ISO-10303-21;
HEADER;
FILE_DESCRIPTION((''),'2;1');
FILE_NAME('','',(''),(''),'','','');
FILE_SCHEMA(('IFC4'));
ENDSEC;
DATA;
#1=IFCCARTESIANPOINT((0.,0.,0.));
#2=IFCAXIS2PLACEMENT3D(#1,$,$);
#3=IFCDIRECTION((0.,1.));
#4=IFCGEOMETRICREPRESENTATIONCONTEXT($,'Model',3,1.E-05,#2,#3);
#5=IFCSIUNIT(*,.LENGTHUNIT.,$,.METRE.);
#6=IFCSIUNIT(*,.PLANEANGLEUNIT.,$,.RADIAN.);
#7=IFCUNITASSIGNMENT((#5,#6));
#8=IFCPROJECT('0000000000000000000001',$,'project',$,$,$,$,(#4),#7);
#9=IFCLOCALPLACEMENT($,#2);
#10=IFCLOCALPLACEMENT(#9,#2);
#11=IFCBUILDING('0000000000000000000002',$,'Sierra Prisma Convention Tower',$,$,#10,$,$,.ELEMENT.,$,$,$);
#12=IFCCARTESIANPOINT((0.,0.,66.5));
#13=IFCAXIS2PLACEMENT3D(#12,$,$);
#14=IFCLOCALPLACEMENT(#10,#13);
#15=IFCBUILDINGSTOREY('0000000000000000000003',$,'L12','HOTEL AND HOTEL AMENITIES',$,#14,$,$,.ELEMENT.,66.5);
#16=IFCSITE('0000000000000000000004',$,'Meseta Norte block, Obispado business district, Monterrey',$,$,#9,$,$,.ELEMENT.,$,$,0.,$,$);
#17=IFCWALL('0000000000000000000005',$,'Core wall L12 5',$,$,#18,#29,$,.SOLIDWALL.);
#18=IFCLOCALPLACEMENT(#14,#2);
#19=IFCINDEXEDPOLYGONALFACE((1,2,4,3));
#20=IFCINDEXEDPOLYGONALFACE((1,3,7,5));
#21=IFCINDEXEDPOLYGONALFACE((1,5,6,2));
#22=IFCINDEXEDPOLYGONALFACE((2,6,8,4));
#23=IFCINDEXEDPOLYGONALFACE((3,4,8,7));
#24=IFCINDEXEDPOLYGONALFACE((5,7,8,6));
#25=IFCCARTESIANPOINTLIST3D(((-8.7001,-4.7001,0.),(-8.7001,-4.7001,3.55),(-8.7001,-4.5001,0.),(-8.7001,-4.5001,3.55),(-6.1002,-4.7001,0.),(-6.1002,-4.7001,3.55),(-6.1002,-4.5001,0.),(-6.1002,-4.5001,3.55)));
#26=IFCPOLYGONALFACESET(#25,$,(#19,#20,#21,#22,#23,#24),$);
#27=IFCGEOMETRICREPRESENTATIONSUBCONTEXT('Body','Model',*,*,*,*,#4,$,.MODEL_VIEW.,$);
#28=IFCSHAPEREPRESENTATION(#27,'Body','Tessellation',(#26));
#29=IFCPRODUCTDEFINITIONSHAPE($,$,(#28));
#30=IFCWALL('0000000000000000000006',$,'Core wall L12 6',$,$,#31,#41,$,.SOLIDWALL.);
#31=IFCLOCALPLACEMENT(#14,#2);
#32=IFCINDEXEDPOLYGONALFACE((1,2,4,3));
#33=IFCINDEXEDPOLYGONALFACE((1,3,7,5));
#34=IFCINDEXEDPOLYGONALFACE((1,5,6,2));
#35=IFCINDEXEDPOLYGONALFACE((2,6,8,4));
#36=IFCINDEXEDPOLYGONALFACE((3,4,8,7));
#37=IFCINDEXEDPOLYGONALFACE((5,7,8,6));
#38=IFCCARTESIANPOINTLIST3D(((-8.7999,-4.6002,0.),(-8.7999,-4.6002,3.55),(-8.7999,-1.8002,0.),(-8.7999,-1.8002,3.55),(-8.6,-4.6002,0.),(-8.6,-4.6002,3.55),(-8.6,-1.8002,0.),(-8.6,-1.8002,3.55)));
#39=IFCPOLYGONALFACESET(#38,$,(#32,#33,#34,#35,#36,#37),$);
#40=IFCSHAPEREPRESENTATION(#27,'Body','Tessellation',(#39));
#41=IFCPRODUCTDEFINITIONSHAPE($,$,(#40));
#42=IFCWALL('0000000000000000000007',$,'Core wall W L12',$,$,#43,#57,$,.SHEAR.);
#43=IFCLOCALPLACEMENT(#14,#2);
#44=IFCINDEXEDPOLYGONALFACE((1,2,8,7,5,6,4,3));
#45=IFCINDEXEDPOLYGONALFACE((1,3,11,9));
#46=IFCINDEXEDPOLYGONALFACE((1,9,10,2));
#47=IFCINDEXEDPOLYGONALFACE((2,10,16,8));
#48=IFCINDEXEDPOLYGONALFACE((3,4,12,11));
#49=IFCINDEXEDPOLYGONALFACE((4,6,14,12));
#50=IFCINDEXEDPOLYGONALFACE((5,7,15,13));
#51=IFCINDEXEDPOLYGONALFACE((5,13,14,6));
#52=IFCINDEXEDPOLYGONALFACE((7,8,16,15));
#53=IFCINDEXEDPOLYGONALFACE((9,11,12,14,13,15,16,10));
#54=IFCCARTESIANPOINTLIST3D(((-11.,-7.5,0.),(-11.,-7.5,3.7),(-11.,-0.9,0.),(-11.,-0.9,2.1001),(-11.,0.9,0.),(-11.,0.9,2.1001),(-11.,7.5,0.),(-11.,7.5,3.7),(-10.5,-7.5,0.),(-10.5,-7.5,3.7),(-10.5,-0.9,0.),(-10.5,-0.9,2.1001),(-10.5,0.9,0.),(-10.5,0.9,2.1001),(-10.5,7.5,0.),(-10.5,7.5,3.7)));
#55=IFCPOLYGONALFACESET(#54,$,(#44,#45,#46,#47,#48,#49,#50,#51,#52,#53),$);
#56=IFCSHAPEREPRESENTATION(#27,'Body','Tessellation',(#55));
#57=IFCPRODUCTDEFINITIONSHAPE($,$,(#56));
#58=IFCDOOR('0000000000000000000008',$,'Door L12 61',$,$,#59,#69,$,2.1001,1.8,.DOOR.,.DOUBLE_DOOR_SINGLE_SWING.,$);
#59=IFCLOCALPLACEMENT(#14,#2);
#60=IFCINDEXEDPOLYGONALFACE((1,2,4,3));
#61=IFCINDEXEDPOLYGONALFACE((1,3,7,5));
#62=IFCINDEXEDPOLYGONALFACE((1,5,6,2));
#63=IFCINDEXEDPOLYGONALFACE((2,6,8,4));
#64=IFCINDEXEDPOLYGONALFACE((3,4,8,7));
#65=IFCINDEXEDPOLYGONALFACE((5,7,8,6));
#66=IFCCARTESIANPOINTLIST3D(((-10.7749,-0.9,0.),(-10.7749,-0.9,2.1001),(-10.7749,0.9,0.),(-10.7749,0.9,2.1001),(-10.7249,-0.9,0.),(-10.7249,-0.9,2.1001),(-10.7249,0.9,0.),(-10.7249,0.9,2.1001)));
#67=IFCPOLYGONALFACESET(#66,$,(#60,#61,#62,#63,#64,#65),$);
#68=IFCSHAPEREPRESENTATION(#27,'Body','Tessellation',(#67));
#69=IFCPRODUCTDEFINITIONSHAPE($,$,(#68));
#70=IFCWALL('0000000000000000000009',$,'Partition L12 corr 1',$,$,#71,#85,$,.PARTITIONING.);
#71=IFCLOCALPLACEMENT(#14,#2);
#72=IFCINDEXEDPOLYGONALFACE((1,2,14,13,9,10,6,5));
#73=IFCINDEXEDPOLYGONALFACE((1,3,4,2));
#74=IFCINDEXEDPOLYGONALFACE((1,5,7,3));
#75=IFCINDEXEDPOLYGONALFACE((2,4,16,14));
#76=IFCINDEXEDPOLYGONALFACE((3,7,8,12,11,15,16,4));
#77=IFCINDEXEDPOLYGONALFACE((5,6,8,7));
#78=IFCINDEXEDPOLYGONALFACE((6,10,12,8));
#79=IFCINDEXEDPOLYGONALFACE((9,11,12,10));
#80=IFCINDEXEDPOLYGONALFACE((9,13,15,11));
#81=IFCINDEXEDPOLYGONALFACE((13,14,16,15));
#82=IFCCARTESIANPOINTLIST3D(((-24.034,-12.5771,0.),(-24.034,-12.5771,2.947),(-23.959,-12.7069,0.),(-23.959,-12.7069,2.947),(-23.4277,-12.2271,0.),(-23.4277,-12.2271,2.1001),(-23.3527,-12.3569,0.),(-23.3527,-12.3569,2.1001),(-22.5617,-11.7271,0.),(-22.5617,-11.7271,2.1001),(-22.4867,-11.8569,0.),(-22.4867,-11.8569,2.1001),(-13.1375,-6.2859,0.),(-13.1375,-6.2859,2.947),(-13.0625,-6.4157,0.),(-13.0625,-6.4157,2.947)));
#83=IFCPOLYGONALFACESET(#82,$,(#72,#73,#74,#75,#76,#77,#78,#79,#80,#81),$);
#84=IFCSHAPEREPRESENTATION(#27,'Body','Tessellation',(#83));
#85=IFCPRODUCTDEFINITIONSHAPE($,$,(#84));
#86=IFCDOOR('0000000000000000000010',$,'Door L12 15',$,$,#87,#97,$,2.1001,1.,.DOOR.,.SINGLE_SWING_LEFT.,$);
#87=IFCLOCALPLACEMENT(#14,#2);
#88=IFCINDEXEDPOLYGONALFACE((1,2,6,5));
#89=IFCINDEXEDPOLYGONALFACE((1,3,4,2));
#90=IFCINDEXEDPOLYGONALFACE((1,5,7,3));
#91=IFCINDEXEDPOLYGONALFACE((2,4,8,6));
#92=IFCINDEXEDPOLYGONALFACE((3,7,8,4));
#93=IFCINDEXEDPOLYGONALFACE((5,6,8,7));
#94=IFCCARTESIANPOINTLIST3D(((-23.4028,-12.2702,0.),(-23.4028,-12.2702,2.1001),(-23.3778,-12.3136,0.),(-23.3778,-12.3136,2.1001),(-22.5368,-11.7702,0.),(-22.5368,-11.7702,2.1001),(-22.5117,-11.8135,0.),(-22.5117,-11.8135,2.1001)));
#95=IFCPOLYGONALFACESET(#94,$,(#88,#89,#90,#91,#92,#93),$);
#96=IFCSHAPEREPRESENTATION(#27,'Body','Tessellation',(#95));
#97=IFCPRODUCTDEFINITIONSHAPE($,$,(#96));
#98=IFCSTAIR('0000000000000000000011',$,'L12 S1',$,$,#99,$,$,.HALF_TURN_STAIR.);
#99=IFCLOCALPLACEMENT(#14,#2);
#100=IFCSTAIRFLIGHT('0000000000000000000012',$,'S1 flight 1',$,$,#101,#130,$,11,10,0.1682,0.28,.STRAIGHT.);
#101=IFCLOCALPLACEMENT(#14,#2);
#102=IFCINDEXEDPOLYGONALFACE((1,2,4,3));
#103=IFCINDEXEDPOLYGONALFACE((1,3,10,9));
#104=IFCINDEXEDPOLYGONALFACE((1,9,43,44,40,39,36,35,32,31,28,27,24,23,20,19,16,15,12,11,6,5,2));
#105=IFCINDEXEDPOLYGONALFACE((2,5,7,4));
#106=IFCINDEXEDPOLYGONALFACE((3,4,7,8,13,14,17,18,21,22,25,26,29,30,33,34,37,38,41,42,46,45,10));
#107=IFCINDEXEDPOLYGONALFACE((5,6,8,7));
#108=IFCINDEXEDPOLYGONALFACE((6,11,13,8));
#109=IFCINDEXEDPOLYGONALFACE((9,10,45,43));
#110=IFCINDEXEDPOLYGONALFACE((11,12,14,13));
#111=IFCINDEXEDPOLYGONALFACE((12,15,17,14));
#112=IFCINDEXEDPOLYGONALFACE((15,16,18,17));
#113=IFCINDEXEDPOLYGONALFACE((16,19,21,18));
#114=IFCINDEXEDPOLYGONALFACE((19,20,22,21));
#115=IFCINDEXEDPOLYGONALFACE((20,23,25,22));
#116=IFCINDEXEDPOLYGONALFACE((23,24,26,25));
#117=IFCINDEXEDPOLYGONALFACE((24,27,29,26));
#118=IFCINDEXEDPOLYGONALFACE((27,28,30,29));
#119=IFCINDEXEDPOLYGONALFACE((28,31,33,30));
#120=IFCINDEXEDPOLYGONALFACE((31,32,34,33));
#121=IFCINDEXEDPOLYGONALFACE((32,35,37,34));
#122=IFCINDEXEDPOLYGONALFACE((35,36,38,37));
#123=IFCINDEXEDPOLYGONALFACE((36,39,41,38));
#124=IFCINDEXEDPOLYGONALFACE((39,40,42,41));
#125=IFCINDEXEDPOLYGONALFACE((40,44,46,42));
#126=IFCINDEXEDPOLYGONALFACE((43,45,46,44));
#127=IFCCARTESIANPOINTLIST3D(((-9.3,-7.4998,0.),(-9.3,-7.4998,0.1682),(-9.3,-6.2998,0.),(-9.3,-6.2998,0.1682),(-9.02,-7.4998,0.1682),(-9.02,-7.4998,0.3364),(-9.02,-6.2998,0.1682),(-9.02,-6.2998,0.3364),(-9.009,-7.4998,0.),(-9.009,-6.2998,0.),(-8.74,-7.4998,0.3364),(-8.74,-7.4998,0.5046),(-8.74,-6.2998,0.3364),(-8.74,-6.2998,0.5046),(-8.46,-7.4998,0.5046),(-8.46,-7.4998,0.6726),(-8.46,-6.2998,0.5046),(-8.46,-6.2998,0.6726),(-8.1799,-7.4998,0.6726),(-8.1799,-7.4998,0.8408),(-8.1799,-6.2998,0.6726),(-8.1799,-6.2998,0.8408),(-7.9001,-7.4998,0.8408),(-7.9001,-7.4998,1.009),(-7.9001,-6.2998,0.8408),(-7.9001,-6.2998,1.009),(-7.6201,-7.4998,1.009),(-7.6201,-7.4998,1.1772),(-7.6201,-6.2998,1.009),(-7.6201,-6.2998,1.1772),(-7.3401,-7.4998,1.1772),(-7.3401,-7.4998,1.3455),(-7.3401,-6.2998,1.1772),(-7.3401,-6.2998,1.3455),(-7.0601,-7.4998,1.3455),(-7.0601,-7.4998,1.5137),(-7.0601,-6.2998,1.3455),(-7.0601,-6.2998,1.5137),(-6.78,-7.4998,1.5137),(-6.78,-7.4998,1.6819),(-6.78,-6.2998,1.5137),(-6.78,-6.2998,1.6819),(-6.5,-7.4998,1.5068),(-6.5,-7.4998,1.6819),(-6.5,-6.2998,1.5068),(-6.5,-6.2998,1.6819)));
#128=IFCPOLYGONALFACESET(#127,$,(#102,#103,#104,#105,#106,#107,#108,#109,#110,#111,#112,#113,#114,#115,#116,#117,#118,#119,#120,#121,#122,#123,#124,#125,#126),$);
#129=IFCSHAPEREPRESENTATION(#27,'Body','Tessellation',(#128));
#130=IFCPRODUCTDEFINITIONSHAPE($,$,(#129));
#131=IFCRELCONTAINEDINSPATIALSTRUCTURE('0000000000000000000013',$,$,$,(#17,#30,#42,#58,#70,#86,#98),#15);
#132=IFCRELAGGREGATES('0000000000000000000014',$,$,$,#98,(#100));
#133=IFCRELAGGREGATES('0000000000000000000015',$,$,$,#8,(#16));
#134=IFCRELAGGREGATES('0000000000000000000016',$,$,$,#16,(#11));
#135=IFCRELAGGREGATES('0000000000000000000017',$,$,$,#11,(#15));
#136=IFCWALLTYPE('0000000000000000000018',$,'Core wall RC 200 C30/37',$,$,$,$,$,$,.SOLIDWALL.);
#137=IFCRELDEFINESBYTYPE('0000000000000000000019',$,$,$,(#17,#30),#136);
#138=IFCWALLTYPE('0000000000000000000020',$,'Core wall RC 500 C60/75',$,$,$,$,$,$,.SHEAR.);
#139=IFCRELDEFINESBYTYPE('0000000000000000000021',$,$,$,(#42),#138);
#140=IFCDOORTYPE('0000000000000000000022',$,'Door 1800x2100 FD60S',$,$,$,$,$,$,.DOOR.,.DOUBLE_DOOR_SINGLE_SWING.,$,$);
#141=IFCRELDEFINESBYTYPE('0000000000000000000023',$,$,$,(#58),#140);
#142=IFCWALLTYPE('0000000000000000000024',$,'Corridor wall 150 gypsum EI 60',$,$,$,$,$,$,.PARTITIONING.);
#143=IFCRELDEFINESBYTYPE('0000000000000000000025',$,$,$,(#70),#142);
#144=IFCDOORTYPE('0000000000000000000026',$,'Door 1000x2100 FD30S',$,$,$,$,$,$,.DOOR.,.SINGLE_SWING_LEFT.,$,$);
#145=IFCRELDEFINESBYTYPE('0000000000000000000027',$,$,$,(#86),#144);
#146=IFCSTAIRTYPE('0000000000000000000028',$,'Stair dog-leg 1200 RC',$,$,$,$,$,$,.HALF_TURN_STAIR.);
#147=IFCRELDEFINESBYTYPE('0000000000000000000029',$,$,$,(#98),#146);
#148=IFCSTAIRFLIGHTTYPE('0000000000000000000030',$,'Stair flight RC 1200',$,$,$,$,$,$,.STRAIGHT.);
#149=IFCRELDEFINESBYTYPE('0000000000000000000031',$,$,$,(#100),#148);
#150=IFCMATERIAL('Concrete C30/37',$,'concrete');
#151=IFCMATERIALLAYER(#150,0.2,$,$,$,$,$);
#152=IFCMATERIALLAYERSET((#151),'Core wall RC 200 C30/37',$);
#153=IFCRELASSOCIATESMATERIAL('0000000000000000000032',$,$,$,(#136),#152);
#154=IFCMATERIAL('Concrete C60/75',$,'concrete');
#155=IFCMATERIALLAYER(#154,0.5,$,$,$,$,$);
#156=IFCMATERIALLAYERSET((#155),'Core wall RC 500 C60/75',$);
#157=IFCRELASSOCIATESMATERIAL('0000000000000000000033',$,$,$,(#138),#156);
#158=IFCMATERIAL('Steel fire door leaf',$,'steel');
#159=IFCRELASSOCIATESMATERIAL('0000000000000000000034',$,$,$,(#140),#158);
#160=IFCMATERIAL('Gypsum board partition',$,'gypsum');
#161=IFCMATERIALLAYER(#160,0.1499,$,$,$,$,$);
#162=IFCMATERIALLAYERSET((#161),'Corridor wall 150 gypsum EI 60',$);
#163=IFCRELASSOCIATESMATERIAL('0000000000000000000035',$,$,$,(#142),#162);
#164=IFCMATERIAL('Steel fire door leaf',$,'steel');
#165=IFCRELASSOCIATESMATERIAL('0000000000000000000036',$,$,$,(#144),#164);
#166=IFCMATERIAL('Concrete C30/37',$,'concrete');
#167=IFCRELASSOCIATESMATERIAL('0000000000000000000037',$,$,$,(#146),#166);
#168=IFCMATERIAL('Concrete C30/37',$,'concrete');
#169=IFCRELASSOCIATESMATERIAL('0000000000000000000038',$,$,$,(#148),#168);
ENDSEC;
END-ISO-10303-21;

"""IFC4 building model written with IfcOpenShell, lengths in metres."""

from ifc_helpers import new_model, si_unit, direction, frame, frame_2d, origin, place, context, subcontext, project, spatial, polyline, rectangle, outline, extrude, material, layer, layer_set, type_object, element, fill, aggregate, save


model = new_model("IFC4")

# Units and contexts
model_context = context("Model", 3, precision=1e-05, world=origin(), true_north=direction((0.0, 1.0)))
body_context = subcontext(model_context, "Body", "Model", "MODEL_VIEW")
ifc_project = project(units=[si_unit("LENGTHUNIT", "METRE"), si_unit("PLANEANGLEUNIT", "RADIAN")], contexts=[model_context])

# Site, building, storey
site_placement = place(None, origin())
site = spatial("IfcSite", under=ifc_project, at=site_placement, Name="Meseta Norte block, Obispado business district, Monterrey", CompositionType="ELEMENT", RefElevation=0.0)
building_placement = place(site_placement, origin())
building = spatial("IfcBuilding", under=site, at=building_placement, Name="Sierra Prisma Convention Tower", CompositionType="ELEMENT")
storey_placement = place(building_placement, frame((0.0, 0.0, 66.5)))
storey = spatial("IfcBuildingStorey", under=building, at=storey_placement, Name="L12", Description="HOTEL AND HOTEL AMENITIES", CompositionType="ELEMENT", Elevation=66.5)

# Shared definitions
ifc_material_1 = material(Name="Concrete C30/37", Category="concrete")
ifc_layer_1 = layer(ifc_material_1, 0.2)
ifc_layer_set_1 = layer_set([ifc_layer_1], Name="Core wall RC 200 C30/37")
wall_type_1 = type_object("IfcWallType", Name="Core wall RC 200 C30/37", PredefinedType="SOLIDWALL", material=ifc_layer_set_1)

# Walls
wall_1_placement = place(storey_placement, frame((-8.7, -4.6001, 0.0), z_axis=(0.0, 0.0, 1.0), x_axis=(1.0, 0.0, 0.0)))
element("IfcWall", 1, at=wall_1_placement, inside=storey, type_object=wall_type_1, Name="Core wall L12 5", PredefinedType="SOLIDWALL", context=body_context, shape_type="SweptSolid", body=[
    extrude(rectangle(XDim=2.5999, YDim=0.2, at=frame_2d((1.2998, 0.0))), origin(), (0.0, 0.0, 1.0), 3.55),
])
wall_2_placement = place(storey_placement, frame((-8.7, -4.6001, 0.0), z_axis=(0.0, 0.0, 1.0), x_axis=(0.0, 1.0, 0.0)))
element("IfcWall", 2, at=wall_2_placement, inside=storey, type_object=wall_type_1, Name="Core wall L12 6", PredefinedType="SOLIDWALL", context=body_context, shape_type="SweptSolid", body=[
    extrude(rectangle(XDim=2.8, YDim=0.2, at=frame_2d((1.3999, 0.0))), origin(), (0.0, 0.0, 1.0), 3.55),
])

# Walls, openings, doors
ifc_material_2 = material(Name="Concrete C60/75", Category="concrete")
ifc_layer_2 = layer(ifc_material_2, 0.5)
ifc_layer_set_2 = layer_set([ifc_layer_2], Name="Core wall RC 500 C60/75")
wall_type_2 = type_object("IfcWallType", Name="Core wall RC 500 C60/75", PredefinedType="SHEAR", material=ifc_layer_set_2)
wall_3_placement = place(storey_placement, frame((-10.75, -7.5, 0.0), z_axis=(0.0, 0.0, 1.0), x_axis=(0.0, 1.0, 0.0)))
wall_3 = element("IfcWall", 3, at=wall_3_placement, inside=storey, type_object=wall_type_2, Name="Core wall W L12", PredefinedType="SHEAR", context=body_context, shape_type="SweptSolid", body=[
    extrude(rectangle(XDim=15.0, YDim=0.5, at=frame_2d((7.5, 0.0))), origin(), (0.0, 0.0, 1.0), 3.7),
])
opening_1_placement = place(wall_3_placement, frame((6.6001, 0.0, 0.0)))
opening_1 = element("IfcOpeningElement", 4, at=opening_1_placement, cuts=wall_3, PredefinedType="OPENING", context=body_context, shape_type="SweptSolid", body=[
    extrude(rectangle(XDim=1.8, YDim=2.1001, at=frame_2d((0.8999, 1.05))), frame((0.0, 0.25, 0.0), z_axis=(0.0, -1.0, 0.0), x_axis=(1.0, 0.0, 0.0)), (0.0, 0.0, 1.0), 0.5),
])
ifc_material_3 = material(Name="Steel fire door leaf", Category="steel")
door_type_1 = type_object("IfcDoorType", Name="Door 1800x2100 FD60S", OperationType="DOUBLE_DOOR_SINGLE_SWING", PredefinedType="DOOR", material=ifc_material_3)
door_1_placement = place(opening_1_placement, origin())
door_1 = element("IfcDoor", 5, at=door_1_placement, inside=storey, type_object=door_type_1, Name="Door L12 61", OperationType="DOUBLE_DOOR_SINGLE_SWING", OverallHeight=2.1001, OverallWidth=1.8, PredefinedType="DOOR", context=body_context, shape_type="SweptSolid", body=[
    extrude(rectangle(XDim=1.8, YDim=2.1001, at=frame_2d((0.8999, 1.05))), frame((0.0, 0.0249, 0.0), z_axis=(0.0, -1.0, 0.0), x_axis=(1.0, 0.0, 0.0)), (0.0, 0.0, 1.0), 0.05),
])
fill(opening_1, door_1)
ifc_material_4 = material(Name="Gypsum board partition", Category="gypsum")
ifc_layer_3 = layer(ifc_material_4, 0.1499)
ifc_layer_set_3 = layer_set([ifc_layer_3], Name="Corridor wall 150 gypsum EI 60")
wall_type_3 = type_object("IfcWallType", Name="Corridor wall 150 gypsum EI 60", PredefinedType="PARTITIONING", material=ifc_layer_set_3)
wall_4_placement = place(storey_placement, frame((-13.1001, -6.3508, 0.0), z_axis=(0.0, 0.0, 1.0), x_axis=(-0.866019, -0.50001, 0.0)))
wall_4 = element("IfcWall", 6, at=wall_4_placement, inside=storey, type_object=wall_type_3, Name="Partition L12 corr 1", PredefinedType="PARTITIONING", context=body_context, shape_type="SweptSolid", body=[
    extrude(rectangle(XDim=12.5823, YDim=0.1499, at=frame_2d((6.291, 0.0))), origin(), (0.0, 0.0, 1.0), 2.947),
])
opening_2_placement = place(wall_4_placement, frame((10.8821, 0.0, 0.0)))
opening_2 = element("IfcOpeningElement", 7, at=opening_2_placement, cuts=wall_4, PredefinedType="OPENING", context=body_context, shape_type="SweptSolid", body=[
    extrude(rectangle(XDim=1.0, YDim=2.1001, at=frame_2d((0.5, 1.05))), frame((0.0, 0.075, 0.0), z_axis=(0.0, -1.0, 0.0), x_axis=(1.0, 0.0, 0.0)), (0.0, 0.0, 1.0), 0.1499),
])
ifc_material_5 = material(Name="Steel fire door leaf", Category="steel")
door_type_2 = type_object("IfcDoorType", Name="Door 1000x2100 FD30S", OperationType="SINGLE_SWING_LEFT", PredefinedType="DOOR", material=ifc_material_5)
door_2_placement = place(opening_2_placement, origin())
door_2 = element("IfcDoor", 8, at=door_2_placement, inside=storey, type_object=door_type_2, Name="Door L12 15", OperationType="SINGLE_SWING_LEFT", OverallHeight=2.1001, OverallWidth=1.0, PredefinedType="DOOR", context=body_context, shape_type="SweptSolid", body=[
    extrude(rectangle(XDim=1.0, YDim=2.1001, at=frame_2d((0.5, 1.05))), frame((0.0, 0.0249, 0.0), z_axis=(0.0, -1.0, 0.0), x_axis=(1.0, 0.0, 0.0)), (0.0, 0.0, 1.0), 0.05),
])
fill(opening_2, door_2)

# Stair, stair flight
ifc_material_6 = material(Name="Concrete C30/37", Category="concrete")
stair_type = type_object("IfcStairType", Name="Stair dog-leg 1200 RC", PredefinedType="HALF_TURN_STAIR", material=ifc_material_6)
stair_placement = place(storey_placement, origin())
stair = element("IfcStair", 9, at=stair_placement, inside=storey, type_object=stair_type, Name="L12 S1", PredefinedType="HALF_TURN_STAIR")
ifc_material_7 = material(Name="Concrete C30/37", Category="concrete")
stair_flight_type = type_object("IfcStairFlightType", Name="Stair flight RC 1200", PredefinedType="STRAIGHT", material=ifc_material_7)
stair_flight_placement = place(storey_placement, frame((-9.3, -6.8999, 0.0), z_axis=(0.0, 0.0, 1.0), x_axis=(1.0, 0.0, 0.0)))
stair_flight = element("IfcStairFlight", 10, at=stair_flight_placement, type_object=stair_flight_type, Name="S1 flight 1", NumberOfRisers=11, NumberOfTreads=10, PredefinedType="STRAIGHT", RiserHeight=0.1682, TreadLength=0.28, context=body_context, shape_type="SweptSolid", body=[
    extrude(outline(polyline([(0.0, 0.0), (0.0, 0.1682), (0.28, 0.1682), (0.28, 0.3364), (0.5601, 0.3364), (0.5601, 0.5046), (0.8401, 0.5046), (0.8401, 0.6726), (1.1201, 0.6726), (1.1201, 0.8408), (1.3999, 0.8408), (1.3999, 1.009), (1.6799, 1.009), (1.6799, 1.1772), (1.96, 1.1772), (1.96, 1.3455), (2.24, 1.3455), (2.24, 1.5137), (2.52, 1.5137), (2.52, 1.6819), (2.8, 1.6819), (2.8, 1.8501), (2.8, 1.5068), (0.291, 0.0), (0.0, 0.0)])), frame((0.0, 0.6001, 0.0), z_axis=(0.0, -1.0, 0.0), x_axis=(1.0, 0.0, 0.0)), (0.0, 0.0, 1.0), 1.2),
])
aggregate(stair, [stair_flight])

save(model, "model.ifc")
